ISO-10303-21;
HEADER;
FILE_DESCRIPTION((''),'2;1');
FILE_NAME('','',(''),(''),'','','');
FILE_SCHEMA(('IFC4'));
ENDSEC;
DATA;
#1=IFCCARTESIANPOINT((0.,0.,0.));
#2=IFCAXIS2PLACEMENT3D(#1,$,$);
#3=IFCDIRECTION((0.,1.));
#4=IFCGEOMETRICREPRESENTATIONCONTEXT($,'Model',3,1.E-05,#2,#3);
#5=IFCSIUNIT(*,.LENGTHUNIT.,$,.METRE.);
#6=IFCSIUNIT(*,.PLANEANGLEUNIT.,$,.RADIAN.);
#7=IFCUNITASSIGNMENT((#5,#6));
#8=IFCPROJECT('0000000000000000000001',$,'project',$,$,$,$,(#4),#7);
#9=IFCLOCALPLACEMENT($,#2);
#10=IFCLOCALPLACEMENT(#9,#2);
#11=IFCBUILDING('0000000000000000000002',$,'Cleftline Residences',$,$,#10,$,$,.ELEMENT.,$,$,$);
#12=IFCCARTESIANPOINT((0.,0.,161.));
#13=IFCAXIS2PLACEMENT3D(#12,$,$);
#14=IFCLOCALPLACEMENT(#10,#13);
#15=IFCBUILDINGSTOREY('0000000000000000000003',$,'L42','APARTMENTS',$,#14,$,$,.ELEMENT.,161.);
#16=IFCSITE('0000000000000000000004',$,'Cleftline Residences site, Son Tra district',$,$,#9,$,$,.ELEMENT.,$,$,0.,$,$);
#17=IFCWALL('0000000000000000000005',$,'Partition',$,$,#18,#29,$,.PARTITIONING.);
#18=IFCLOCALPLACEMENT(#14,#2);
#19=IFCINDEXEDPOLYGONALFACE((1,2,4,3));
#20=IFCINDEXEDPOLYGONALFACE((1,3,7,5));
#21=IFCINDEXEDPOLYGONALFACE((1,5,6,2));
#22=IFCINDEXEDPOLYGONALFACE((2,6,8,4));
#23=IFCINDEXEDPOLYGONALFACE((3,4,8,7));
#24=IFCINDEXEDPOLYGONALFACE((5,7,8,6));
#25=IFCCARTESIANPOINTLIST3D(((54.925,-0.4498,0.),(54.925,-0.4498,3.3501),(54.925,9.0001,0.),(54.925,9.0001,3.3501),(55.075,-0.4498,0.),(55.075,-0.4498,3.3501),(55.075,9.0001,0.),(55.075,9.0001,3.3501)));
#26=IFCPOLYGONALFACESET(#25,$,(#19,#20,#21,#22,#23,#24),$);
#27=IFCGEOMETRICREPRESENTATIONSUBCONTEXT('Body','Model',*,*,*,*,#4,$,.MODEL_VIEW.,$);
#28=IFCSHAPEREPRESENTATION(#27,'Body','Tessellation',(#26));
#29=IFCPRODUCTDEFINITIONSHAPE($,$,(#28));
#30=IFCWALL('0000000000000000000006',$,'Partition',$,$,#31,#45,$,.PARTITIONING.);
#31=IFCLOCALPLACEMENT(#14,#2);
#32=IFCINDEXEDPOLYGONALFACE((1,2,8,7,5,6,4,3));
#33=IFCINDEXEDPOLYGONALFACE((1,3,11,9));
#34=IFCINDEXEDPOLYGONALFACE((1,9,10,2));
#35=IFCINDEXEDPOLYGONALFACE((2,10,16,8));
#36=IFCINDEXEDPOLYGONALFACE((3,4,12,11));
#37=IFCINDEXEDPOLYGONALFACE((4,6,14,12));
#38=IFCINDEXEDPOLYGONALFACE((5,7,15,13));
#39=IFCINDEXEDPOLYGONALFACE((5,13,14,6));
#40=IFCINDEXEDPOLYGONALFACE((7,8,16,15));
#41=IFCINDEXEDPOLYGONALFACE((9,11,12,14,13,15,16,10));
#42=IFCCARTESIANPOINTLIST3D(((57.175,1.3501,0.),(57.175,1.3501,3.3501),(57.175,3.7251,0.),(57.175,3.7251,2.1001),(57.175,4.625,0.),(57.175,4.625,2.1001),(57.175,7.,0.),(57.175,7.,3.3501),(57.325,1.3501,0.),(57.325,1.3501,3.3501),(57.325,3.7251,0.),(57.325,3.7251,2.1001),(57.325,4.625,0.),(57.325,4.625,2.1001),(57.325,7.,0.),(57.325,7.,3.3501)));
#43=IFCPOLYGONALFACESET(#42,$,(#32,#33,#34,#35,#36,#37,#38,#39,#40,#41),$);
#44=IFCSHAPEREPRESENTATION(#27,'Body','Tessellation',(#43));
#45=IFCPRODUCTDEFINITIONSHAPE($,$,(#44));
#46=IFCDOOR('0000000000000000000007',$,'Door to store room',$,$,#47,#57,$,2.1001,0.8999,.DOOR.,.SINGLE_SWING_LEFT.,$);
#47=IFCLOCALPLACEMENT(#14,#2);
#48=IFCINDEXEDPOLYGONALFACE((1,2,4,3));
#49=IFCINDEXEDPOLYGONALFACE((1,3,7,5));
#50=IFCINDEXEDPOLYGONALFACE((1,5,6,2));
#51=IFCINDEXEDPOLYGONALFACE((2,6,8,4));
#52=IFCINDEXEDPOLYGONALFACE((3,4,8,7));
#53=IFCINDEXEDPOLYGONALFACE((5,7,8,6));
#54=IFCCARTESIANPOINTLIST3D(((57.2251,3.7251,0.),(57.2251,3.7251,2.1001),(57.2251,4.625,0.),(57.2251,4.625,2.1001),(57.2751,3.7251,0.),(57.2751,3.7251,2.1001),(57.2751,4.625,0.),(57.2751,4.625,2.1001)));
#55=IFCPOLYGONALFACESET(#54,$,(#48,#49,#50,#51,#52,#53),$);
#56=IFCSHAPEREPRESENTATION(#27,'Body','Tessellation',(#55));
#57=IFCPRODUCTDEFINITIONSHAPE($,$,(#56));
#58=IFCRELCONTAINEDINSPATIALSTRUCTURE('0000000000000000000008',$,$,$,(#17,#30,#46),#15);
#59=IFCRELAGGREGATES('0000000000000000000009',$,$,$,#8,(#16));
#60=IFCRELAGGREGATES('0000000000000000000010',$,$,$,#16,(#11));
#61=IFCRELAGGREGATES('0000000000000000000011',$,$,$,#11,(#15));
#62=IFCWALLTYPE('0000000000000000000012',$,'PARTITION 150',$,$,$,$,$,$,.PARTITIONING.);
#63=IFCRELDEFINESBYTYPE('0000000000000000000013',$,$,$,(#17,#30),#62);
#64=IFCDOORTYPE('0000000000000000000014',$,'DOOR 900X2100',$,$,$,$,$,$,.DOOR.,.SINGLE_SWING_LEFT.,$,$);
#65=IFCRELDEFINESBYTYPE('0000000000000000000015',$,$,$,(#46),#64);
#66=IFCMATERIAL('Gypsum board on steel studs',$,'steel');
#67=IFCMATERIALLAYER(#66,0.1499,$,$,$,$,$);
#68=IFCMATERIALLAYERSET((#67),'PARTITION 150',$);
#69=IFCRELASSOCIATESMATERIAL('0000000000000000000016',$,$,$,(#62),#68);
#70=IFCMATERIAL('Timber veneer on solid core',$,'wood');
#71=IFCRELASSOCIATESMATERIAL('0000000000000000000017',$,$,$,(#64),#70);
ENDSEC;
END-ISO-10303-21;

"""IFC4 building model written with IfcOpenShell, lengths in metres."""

from ifc_helpers import new_model, si_unit, direction, frame, frame_2d, origin, place, context, subcontext, project, spatial, rectangle, extrude, material, layer, layer_set, type_object, element, fill, save


model = new_model("IFC4")

# Units and contexts
model_context = context("Model", 3, precision=1e-05, world=origin(), true_north=direction((0.0, 1.0)))
body_context = subcontext(model_context, "Body", "Model", "MODEL_VIEW")
ifc_project = project(units=[si_unit("LENGTHUNIT", "METRE"), si_unit("PLANEANGLEUNIT", "RADIAN")], contexts=[model_context])

# Site, building, storey
site_placement = place(None, origin())
site = spatial("IfcSite", under=ifc_project, at=site_placement, Name="Cleftline Residences site, Son Tra district", CompositionType="ELEMENT", RefElevation=0.0)
building_placement = place(site_placement, origin())
building = spatial("IfcBuilding", under=site, at=building_placement, Name="Cleftline Residences", CompositionType="ELEMENT")
storey_placement = place(building_placement, frame((0.0, 0.0, 161.0)))
storey = spatial("IfcBuildingStorey", under=building, at=storey_placement, Name="L42", Description="APARTMENTS", CompositionType="ELEMENT", Elevation=161.0)

# Wall
ifc_material_1 = material(Name="Gypsum board on steel studs", Category="steel")
ifc_layer_1 = layer(ifc_material_1, 0.1499)
ifc_layer_set_1 = layer_set([ifc_layer_1], Name="PARTITION 150")
wall_type_1 = type_object("IfcWallType", Name="PARTITION 150", PredefinedType="PARTITIONING", material=ifc_layer_set_1)
wall_1_placement = place(storey_placement, frame((55.0, -0.45, 0.0), z_axis=(0.0, 0.0, 1.0), x_axis=(0.0, 1.0, 0.0)))
element("IfcWall", 1, at=wall_1_placement, inside=storey, type_object=wall_type_1, Name="Partition", PredefinedType="PARTITIONING", context=body_context, shape_type="SweptSolid", body=[
    extrude(rectangle(XDim=9.45, YDim=0.1499, at=frame_2d((4.7251, 0.0))), origin(), (0.0, 0.0, 1.0), 3.3501),
])

# Wall, opening, door
wall_2_placement = place(storey_placement, frame((57.25, 1.3501, 0.0), z_axis=(0.0, 0.0, 1.0), x_axis=(0.0, 1.0, 0.0)))
wall_2 = element("IfcWall", 2, at=wall_2_placement, inside=storey, type_object=wall_type_1, Name="Partition", PredefinedType="PARTITIONING", context=body_context, shape_type="SweptSolid", body=[
    extrude(rectangle(XDim=5.6499, YDim=0.1499, at=frame_2d((2.825, 0.0))), origin(), (0.0, 0.0, 1.0), 3.3501),
])
opening_1_placement = place(wall_2_placement, frame((2.375, 0.0, 0.0)))
opening_1 = element("IfcOpeningElement", 3, at=opening_1_placement, cuts=wall_2, PredefinedType="OPENING", context=body_context, shape_type="SweptSolid", body=[
    extrude(rectangle(XDim=0.8999, YDim=2.1001, at=frame_2d((0.45, 1.05))), frame((0.0, 0.085, 0.0), z_axis=(0.0, -1.0, 0.0), x_axis=(1.0, 0.0, 0.0)), (0.0, 0.0, 1.0), 0.1699),
])
ifc_material_2 = material(Name="Timber veneer on solid core", Category="wood")
door_type = type_object("IfcDoorType", Name="DOOR 900X2100", OperationType="SINGLE_SWING_LEFT", PredefinedType="DOOR", material=ifc_material_2)
door_placement = place(opening_1_placement, origin())
door = element("IfcDoor", 4, at=door_placement, inside=storey, type_object=door_type, Name="Door to store room", OperationType="SINGLE_SWING_LEFT", OverallHeight=2.1001, OverallWidth=0.8999, PredefinedType="DOOR", context=body_context, shape_type="SweptSolid", body=[
    extrude(rectangle(XDim=0.8999, YDim=2.1001, at=frame_2d((0.45, 1.05))), frame((0.0, 0.0249, 0.0), z_axis=(0.0, -1.0, 0.0), x_axis=(1.0, 0.0, 0.0)), (0.0, 0.0, 1.0), 0.05),
])
fill(opening_1, door)

save(model, "model.ifc")
